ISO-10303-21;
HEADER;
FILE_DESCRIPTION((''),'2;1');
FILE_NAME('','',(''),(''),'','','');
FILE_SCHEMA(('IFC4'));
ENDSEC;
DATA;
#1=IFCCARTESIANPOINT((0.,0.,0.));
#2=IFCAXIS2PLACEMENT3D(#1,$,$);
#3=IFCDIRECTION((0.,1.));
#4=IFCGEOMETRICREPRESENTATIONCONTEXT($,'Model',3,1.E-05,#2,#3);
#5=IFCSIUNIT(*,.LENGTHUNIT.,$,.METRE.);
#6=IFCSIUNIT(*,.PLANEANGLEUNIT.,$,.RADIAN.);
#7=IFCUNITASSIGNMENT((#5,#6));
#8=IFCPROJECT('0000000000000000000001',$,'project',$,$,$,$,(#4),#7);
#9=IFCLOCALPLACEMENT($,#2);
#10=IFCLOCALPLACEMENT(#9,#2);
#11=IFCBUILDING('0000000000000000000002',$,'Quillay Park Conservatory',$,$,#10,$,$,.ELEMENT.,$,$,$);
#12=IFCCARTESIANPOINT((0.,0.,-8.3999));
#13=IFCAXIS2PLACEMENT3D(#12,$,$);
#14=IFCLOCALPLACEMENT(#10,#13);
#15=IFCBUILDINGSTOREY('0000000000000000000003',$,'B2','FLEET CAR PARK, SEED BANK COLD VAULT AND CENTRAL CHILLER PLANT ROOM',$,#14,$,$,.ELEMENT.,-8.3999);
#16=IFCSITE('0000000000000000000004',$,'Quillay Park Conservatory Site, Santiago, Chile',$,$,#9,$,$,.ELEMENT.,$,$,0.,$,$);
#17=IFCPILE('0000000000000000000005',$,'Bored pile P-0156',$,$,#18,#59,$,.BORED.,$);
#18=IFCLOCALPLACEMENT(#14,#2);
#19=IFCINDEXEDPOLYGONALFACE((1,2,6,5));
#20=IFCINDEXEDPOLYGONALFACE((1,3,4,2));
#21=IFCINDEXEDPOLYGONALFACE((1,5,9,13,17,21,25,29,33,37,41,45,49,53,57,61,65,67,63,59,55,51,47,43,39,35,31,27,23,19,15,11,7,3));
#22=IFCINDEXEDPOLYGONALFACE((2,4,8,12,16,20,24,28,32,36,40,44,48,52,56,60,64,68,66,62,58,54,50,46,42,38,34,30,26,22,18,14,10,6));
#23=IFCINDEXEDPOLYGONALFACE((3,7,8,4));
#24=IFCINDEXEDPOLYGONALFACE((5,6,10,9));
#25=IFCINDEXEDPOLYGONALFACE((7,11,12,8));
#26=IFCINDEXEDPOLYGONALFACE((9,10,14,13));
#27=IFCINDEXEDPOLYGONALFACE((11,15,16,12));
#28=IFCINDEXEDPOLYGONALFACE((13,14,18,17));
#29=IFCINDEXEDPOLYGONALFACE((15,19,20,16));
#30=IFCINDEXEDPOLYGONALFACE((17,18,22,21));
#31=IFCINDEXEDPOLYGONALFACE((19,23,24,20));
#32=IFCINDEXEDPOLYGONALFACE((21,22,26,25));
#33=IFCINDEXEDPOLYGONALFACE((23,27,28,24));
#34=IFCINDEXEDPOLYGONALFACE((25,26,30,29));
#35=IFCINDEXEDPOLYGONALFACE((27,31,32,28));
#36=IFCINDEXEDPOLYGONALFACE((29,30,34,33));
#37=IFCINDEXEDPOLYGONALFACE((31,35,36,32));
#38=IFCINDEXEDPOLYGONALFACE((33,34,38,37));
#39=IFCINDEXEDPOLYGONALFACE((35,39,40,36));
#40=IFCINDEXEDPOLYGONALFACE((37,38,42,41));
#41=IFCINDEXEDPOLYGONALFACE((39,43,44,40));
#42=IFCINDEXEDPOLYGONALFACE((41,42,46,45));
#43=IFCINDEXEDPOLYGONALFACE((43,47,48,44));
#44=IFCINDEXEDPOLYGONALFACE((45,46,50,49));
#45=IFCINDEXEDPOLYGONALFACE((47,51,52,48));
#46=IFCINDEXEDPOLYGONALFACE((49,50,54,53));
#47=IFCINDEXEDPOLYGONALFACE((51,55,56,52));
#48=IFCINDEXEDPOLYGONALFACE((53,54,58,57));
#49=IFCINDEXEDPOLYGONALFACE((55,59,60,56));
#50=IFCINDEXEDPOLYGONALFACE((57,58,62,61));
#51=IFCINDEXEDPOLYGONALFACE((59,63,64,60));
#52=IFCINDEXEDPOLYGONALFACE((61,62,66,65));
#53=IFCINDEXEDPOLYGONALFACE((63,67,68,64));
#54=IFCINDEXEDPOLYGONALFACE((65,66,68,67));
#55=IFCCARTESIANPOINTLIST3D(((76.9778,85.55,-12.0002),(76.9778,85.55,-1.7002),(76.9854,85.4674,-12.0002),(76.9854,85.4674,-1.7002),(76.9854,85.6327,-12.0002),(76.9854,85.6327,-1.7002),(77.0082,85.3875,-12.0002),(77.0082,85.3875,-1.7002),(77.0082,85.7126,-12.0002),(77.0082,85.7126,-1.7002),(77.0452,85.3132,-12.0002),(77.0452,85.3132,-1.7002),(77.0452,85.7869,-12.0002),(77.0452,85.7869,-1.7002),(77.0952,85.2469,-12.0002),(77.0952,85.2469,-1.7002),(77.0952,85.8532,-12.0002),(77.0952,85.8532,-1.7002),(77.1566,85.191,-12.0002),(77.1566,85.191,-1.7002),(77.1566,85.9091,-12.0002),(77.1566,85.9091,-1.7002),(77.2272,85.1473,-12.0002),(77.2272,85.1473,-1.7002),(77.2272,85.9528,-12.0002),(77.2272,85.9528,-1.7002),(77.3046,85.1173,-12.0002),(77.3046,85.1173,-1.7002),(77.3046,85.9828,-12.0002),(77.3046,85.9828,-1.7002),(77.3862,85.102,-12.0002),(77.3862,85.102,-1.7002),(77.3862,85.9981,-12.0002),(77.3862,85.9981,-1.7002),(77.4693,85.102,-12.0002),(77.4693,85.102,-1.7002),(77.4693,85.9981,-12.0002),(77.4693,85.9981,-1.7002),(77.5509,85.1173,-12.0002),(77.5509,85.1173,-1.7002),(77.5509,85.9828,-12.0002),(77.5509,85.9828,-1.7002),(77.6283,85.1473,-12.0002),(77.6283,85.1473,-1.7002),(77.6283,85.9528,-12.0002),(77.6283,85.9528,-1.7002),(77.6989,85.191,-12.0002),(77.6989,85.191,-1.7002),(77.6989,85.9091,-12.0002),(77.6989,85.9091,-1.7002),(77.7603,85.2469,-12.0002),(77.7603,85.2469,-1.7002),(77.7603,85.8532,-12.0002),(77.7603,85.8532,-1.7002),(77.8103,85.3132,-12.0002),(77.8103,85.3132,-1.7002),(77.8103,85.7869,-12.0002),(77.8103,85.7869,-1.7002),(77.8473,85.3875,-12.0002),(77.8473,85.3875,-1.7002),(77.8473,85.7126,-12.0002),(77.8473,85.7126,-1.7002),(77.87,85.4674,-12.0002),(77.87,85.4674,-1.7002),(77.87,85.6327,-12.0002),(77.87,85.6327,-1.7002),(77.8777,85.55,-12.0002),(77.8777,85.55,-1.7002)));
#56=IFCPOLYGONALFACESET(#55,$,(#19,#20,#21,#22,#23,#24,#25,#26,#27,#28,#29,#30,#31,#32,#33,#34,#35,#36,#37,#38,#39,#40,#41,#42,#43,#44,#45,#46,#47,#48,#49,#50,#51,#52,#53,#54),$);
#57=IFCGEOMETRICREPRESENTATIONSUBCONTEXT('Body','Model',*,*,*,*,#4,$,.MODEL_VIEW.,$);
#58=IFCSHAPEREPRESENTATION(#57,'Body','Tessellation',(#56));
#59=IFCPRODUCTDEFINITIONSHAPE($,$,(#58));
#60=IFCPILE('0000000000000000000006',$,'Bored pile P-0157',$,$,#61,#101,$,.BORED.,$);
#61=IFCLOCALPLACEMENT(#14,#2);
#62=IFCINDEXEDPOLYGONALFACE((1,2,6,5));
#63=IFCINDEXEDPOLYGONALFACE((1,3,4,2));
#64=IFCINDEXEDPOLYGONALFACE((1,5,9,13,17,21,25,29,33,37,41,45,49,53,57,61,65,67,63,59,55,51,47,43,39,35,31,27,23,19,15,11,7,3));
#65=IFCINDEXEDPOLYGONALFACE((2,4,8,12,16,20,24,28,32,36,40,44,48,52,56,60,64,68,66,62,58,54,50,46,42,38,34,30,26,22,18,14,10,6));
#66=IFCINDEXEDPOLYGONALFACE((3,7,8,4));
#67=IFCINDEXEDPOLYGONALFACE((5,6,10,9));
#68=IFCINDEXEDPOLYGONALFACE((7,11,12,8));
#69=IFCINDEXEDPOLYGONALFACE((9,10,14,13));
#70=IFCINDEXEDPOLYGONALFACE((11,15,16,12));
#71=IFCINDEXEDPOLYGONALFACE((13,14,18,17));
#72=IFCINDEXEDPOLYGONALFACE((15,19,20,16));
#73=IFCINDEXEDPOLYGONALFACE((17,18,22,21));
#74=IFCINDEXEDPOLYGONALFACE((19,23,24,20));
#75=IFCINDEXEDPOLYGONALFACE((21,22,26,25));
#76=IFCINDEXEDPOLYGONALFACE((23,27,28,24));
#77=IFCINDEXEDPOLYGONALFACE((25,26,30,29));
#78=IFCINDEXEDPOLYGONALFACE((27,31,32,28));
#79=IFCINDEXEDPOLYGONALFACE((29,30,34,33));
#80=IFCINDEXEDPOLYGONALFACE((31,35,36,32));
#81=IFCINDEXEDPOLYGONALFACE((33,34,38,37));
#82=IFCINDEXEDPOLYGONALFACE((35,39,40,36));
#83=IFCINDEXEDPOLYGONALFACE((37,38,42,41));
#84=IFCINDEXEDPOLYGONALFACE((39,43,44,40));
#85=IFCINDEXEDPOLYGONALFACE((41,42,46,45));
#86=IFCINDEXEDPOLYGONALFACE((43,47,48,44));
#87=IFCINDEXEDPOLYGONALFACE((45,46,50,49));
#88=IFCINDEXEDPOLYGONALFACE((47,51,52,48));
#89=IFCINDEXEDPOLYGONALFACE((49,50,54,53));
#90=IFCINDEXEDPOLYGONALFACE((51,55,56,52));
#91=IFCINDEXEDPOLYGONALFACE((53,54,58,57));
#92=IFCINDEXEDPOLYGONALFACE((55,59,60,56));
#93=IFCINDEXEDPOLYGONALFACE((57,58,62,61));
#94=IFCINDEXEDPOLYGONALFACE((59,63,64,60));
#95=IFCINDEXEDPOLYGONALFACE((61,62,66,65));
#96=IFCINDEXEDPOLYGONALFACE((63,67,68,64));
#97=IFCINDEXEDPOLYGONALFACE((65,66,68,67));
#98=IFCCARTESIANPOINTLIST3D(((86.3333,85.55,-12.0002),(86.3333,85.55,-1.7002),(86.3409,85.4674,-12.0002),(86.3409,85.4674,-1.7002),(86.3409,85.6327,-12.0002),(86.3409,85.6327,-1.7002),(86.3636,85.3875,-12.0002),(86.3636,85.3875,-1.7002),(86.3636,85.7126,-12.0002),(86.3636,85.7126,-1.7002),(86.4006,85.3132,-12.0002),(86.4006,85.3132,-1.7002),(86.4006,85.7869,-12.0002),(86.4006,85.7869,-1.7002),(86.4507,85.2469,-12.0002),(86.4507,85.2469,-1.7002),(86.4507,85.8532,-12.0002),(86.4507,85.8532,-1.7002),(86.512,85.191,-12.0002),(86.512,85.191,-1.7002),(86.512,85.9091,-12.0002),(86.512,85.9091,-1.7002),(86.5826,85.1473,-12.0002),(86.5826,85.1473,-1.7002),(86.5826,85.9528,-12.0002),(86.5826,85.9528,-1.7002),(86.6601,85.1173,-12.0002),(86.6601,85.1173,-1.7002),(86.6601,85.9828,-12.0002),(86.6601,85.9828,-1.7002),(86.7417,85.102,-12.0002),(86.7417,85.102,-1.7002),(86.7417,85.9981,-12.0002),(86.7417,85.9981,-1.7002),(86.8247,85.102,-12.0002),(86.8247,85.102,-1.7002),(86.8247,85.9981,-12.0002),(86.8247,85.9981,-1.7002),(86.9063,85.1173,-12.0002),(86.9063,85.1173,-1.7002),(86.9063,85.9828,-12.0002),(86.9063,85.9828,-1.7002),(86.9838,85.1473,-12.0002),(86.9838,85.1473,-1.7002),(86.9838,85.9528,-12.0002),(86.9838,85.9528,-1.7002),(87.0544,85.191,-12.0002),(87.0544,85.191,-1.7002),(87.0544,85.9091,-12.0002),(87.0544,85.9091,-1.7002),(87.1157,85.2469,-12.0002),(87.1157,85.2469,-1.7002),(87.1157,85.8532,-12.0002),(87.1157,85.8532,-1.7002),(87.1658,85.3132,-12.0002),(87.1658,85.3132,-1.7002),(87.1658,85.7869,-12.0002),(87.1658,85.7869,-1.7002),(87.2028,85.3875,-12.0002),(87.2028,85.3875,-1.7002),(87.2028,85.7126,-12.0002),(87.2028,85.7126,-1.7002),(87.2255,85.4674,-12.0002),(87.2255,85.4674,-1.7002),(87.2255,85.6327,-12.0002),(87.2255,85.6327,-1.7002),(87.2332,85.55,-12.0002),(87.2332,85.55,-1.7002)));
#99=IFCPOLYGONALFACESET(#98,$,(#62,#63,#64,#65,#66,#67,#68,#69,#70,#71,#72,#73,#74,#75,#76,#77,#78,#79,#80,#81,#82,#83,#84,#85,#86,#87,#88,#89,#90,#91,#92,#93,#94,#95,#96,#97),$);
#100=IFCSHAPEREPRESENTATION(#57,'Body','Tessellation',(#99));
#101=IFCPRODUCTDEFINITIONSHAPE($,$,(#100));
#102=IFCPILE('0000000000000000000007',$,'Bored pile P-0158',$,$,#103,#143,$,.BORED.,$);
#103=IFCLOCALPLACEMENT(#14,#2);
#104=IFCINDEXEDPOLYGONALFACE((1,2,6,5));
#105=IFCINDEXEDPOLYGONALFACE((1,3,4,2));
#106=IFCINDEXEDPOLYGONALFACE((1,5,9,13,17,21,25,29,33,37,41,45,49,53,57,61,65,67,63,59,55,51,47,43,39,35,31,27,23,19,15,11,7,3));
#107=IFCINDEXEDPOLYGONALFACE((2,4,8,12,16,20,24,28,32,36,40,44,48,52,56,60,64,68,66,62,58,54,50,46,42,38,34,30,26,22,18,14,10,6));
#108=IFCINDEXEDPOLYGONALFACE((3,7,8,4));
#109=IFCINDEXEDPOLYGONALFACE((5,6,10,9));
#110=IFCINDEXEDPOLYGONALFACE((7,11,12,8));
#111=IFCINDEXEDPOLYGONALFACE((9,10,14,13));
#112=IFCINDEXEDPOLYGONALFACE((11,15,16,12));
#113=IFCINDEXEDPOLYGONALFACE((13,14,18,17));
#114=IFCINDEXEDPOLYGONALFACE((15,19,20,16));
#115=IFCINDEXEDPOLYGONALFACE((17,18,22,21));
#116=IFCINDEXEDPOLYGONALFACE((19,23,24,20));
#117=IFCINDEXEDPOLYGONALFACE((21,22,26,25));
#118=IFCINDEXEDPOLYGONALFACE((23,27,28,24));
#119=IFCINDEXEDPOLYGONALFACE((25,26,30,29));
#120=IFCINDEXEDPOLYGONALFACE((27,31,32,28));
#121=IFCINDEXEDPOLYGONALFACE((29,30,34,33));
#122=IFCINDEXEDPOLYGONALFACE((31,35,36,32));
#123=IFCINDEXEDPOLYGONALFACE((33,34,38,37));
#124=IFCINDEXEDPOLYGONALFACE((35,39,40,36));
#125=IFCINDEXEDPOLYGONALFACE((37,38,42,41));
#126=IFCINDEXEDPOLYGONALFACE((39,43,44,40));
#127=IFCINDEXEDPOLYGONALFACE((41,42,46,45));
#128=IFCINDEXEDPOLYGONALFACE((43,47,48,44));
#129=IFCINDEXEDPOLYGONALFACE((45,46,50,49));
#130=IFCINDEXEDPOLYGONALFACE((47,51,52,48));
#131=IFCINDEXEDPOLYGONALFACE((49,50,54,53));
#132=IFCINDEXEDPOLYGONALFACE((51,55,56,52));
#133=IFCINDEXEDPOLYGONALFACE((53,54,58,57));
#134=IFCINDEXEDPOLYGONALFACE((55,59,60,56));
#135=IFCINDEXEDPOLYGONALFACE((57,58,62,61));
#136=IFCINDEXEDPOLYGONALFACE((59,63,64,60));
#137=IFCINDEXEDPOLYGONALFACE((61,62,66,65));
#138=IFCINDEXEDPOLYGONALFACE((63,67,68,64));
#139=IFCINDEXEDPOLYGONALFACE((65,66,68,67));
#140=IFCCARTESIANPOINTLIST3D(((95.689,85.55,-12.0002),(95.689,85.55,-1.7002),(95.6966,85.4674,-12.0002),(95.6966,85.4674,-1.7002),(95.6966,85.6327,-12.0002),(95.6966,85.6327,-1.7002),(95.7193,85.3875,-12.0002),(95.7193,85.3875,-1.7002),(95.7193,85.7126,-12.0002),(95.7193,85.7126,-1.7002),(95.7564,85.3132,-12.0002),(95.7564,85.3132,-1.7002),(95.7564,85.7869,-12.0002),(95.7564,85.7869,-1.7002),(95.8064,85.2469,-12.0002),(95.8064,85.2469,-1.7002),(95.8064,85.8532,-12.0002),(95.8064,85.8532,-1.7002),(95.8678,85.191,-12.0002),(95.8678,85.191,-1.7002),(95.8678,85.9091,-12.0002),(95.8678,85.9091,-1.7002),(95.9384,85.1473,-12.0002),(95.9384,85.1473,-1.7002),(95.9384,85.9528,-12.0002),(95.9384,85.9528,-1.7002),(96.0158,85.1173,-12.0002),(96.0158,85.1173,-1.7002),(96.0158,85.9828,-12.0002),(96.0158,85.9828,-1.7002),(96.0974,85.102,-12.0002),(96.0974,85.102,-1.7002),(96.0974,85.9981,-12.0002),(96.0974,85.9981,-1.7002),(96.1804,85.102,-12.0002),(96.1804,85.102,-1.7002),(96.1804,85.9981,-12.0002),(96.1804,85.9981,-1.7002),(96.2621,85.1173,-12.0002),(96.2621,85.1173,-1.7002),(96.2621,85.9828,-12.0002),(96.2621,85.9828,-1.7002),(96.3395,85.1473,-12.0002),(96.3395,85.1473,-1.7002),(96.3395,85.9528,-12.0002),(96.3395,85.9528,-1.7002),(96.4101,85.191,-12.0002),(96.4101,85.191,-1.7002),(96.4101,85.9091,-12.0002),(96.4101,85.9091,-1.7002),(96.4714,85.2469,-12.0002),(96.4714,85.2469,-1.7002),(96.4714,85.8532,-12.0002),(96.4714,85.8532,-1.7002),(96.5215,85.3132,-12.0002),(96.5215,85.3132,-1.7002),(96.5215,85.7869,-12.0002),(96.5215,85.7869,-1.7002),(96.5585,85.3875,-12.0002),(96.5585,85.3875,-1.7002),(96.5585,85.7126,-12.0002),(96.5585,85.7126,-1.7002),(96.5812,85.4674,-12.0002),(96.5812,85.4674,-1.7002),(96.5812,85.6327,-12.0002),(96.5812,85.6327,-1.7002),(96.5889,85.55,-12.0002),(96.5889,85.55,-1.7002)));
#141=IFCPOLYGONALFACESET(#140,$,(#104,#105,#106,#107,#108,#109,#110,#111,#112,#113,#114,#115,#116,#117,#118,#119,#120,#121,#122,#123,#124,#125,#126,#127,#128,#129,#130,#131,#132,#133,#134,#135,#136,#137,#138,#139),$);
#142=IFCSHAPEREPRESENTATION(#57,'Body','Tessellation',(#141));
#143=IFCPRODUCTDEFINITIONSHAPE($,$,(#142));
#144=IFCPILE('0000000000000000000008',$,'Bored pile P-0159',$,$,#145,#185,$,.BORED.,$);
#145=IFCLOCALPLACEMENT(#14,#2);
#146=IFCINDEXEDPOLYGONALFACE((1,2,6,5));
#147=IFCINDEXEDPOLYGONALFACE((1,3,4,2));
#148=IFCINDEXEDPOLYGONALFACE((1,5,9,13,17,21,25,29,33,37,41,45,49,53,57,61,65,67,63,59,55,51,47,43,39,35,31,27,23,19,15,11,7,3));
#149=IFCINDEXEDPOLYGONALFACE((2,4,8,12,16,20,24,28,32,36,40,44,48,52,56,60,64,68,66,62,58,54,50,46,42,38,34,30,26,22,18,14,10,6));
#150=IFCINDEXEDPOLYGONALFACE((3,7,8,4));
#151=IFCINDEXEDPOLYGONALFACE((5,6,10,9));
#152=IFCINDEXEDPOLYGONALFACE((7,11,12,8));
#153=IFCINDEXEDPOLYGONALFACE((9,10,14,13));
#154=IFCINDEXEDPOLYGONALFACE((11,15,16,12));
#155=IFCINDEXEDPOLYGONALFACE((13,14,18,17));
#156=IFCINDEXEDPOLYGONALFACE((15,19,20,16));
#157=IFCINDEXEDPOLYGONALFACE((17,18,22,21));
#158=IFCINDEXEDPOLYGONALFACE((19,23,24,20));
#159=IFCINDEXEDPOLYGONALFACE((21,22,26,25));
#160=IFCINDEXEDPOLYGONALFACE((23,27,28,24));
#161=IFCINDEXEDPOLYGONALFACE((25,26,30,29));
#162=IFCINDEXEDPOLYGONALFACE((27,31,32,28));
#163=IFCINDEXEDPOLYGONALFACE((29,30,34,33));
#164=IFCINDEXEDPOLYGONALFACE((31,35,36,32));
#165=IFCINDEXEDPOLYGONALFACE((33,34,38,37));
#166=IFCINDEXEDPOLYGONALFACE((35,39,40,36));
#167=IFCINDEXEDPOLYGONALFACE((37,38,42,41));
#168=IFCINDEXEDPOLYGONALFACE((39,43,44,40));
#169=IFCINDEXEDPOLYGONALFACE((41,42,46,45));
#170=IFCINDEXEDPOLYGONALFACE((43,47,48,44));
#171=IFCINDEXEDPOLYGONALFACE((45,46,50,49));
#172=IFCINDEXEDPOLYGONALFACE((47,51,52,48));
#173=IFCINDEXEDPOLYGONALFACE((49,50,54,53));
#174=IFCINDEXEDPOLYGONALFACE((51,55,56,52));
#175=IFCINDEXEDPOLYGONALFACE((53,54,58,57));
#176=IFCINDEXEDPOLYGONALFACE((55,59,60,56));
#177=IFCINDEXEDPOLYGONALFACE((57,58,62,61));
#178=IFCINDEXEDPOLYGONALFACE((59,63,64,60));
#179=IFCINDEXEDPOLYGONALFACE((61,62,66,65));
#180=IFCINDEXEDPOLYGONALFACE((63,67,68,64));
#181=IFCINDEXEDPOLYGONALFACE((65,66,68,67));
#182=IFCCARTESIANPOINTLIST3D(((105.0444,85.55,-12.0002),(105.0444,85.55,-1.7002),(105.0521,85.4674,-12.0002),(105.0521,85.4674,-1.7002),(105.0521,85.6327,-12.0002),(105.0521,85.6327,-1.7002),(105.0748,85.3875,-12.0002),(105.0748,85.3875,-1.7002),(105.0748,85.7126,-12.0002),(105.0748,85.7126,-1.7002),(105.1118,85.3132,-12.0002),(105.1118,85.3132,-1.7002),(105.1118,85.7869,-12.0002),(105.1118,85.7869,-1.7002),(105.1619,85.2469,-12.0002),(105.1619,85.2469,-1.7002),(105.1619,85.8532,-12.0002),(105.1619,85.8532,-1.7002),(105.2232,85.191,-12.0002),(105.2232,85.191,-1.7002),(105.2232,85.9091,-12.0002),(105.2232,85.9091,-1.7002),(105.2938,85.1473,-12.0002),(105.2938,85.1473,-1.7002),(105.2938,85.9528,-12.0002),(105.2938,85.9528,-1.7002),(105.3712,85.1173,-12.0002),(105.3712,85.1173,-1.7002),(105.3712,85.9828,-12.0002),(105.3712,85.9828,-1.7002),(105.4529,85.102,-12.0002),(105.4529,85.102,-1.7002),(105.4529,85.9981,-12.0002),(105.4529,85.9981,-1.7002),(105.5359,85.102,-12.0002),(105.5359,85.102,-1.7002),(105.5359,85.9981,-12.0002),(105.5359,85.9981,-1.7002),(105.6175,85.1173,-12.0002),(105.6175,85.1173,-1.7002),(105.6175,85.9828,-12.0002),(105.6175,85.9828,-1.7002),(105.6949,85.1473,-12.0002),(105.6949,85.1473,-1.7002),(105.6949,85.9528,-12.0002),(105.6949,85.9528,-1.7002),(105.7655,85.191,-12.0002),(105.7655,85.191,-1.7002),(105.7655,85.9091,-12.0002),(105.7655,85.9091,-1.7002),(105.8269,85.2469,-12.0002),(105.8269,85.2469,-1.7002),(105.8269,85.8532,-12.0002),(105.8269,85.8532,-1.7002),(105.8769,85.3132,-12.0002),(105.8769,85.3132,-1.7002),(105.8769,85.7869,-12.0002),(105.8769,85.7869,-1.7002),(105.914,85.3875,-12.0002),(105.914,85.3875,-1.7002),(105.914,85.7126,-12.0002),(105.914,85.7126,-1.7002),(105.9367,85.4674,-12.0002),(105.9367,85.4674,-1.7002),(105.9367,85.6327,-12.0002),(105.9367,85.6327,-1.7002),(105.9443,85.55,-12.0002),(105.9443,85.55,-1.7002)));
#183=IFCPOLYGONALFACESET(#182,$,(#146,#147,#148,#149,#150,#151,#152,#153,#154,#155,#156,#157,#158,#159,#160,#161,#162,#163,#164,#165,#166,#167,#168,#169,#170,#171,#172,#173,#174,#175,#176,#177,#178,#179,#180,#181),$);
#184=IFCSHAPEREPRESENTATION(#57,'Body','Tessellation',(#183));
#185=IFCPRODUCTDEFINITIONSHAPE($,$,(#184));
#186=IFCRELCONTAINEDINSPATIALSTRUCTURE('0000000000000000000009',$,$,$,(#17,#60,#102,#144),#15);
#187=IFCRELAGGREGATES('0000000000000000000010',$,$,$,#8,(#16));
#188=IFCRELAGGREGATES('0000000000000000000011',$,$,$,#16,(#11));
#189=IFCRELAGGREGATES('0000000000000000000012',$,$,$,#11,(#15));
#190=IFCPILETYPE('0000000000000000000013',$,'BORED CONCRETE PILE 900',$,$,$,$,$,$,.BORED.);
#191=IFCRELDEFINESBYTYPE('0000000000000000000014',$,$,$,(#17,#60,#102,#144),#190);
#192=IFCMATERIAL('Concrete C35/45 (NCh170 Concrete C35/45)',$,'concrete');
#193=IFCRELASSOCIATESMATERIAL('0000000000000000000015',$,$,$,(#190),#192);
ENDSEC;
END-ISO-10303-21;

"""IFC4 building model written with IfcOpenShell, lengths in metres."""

from ifc_helpers import new_model, si_unit, direction, frame, origin, origin_2d, place, context, subcontext, project, spatial, circle, extrude, material, material_profile, profile_set, type_object, element, save


model = new_model("IFC4")

# Units and contexts
model_context = context("Model", 3, precision=1e-05, world=origin(), true_north=direction((0.0, 1.0)))
body_context = subcontext(model_context, "Body", "Model", "MODEL_VIEW")
ifc_project = project(units=[si_unit("LENGTHUNIT", "METRE"), si_unit("PLANEANGLEUNIT", "RADIAN")], contexts=[model_context])

# Site, building, storey
site_placement = place(None, origin())
site = spatial("IfcSite", under=ifc_project, at=site_placement, Name="Quillay Park Conservatory Site, Santiago, Chile", CompositionType="ELEMENT", RefElevation=0.0)
building_placement = place(site_placement, origin())
building = spatial("IfcBuilding", under=site, at=building_placement, Name="Quillay Park Conservatory", CompositionType="ELEMENT")
storey_placement = place(building_placement, frame((0.0, 0.0, -8.3999)))
storey = spatial("IfcBuildingStorey", under=building, at=storey_placement, Name="B2", Description="FLEET CAR PARK, SEED BANK COLD VAULT AND CENTRAL CHILLER PLANT ROOM", CompositionType="ELEMENT", Elevation=-8.3999)

# Piles
ifc_material_1 = material(Name="Concrete C35/45 (NCh170 Concrete C35/45)", Category="concrete")
ifc_material_profile_1 = material_profile(ifc_material_1, circle(Radius=0.45, at=origin_2d()), Name="PILE900")
ifc_profile_set_1 = profile_set([ifc_material_profile_1], Name="Concrete C35/45 (NCh170 Concrete C35/45)")
pile_type = type_object("IfcPileType", Name="BORED CONCRETE PILE 900", PredefinedType="BORED", material=ifc_profile_set_1)
for number, where, z_axis, x_axis, name in (
    (1, (77.4277, 85.55, -1.7002), (0.0, 0.0, -1.0), (1.0, 0.0, 0.0), "Bored pile P-0156"),
    (2, (86.7832, 85.55, -1.7002), (0.0, 0.0, -1.0), (1.0, 0.0, 0.0), "Bored pile P-0157"),
    (3, (96.1389, 85.55, -1.7002), (0.0, 0.0, -1.0), (1.0, 0.0, 0.0), "Bored pile P-0158"),
    (4, (105.4944, 85.55, -1.7002), (0.0, 0.0, -1.0), (1.0, 0.0, 0.0), "Bored pile P-0159"),
):
    element("IfcPile", number, at=place(storey_placement, frame(where, z_axis=z_axis, x_axis=x_axis)), inside=storey, type_object=pile_type, Name=name, PredefinedType="BORED", context=body_context, shape_type="SweptSolid", body=[
        extrude(circle(Radius=0.45, at=origin_2d()), origin(), (0.0, 0.0, 1.0), 10.3),
    ])

save(model, "model.ifc")
